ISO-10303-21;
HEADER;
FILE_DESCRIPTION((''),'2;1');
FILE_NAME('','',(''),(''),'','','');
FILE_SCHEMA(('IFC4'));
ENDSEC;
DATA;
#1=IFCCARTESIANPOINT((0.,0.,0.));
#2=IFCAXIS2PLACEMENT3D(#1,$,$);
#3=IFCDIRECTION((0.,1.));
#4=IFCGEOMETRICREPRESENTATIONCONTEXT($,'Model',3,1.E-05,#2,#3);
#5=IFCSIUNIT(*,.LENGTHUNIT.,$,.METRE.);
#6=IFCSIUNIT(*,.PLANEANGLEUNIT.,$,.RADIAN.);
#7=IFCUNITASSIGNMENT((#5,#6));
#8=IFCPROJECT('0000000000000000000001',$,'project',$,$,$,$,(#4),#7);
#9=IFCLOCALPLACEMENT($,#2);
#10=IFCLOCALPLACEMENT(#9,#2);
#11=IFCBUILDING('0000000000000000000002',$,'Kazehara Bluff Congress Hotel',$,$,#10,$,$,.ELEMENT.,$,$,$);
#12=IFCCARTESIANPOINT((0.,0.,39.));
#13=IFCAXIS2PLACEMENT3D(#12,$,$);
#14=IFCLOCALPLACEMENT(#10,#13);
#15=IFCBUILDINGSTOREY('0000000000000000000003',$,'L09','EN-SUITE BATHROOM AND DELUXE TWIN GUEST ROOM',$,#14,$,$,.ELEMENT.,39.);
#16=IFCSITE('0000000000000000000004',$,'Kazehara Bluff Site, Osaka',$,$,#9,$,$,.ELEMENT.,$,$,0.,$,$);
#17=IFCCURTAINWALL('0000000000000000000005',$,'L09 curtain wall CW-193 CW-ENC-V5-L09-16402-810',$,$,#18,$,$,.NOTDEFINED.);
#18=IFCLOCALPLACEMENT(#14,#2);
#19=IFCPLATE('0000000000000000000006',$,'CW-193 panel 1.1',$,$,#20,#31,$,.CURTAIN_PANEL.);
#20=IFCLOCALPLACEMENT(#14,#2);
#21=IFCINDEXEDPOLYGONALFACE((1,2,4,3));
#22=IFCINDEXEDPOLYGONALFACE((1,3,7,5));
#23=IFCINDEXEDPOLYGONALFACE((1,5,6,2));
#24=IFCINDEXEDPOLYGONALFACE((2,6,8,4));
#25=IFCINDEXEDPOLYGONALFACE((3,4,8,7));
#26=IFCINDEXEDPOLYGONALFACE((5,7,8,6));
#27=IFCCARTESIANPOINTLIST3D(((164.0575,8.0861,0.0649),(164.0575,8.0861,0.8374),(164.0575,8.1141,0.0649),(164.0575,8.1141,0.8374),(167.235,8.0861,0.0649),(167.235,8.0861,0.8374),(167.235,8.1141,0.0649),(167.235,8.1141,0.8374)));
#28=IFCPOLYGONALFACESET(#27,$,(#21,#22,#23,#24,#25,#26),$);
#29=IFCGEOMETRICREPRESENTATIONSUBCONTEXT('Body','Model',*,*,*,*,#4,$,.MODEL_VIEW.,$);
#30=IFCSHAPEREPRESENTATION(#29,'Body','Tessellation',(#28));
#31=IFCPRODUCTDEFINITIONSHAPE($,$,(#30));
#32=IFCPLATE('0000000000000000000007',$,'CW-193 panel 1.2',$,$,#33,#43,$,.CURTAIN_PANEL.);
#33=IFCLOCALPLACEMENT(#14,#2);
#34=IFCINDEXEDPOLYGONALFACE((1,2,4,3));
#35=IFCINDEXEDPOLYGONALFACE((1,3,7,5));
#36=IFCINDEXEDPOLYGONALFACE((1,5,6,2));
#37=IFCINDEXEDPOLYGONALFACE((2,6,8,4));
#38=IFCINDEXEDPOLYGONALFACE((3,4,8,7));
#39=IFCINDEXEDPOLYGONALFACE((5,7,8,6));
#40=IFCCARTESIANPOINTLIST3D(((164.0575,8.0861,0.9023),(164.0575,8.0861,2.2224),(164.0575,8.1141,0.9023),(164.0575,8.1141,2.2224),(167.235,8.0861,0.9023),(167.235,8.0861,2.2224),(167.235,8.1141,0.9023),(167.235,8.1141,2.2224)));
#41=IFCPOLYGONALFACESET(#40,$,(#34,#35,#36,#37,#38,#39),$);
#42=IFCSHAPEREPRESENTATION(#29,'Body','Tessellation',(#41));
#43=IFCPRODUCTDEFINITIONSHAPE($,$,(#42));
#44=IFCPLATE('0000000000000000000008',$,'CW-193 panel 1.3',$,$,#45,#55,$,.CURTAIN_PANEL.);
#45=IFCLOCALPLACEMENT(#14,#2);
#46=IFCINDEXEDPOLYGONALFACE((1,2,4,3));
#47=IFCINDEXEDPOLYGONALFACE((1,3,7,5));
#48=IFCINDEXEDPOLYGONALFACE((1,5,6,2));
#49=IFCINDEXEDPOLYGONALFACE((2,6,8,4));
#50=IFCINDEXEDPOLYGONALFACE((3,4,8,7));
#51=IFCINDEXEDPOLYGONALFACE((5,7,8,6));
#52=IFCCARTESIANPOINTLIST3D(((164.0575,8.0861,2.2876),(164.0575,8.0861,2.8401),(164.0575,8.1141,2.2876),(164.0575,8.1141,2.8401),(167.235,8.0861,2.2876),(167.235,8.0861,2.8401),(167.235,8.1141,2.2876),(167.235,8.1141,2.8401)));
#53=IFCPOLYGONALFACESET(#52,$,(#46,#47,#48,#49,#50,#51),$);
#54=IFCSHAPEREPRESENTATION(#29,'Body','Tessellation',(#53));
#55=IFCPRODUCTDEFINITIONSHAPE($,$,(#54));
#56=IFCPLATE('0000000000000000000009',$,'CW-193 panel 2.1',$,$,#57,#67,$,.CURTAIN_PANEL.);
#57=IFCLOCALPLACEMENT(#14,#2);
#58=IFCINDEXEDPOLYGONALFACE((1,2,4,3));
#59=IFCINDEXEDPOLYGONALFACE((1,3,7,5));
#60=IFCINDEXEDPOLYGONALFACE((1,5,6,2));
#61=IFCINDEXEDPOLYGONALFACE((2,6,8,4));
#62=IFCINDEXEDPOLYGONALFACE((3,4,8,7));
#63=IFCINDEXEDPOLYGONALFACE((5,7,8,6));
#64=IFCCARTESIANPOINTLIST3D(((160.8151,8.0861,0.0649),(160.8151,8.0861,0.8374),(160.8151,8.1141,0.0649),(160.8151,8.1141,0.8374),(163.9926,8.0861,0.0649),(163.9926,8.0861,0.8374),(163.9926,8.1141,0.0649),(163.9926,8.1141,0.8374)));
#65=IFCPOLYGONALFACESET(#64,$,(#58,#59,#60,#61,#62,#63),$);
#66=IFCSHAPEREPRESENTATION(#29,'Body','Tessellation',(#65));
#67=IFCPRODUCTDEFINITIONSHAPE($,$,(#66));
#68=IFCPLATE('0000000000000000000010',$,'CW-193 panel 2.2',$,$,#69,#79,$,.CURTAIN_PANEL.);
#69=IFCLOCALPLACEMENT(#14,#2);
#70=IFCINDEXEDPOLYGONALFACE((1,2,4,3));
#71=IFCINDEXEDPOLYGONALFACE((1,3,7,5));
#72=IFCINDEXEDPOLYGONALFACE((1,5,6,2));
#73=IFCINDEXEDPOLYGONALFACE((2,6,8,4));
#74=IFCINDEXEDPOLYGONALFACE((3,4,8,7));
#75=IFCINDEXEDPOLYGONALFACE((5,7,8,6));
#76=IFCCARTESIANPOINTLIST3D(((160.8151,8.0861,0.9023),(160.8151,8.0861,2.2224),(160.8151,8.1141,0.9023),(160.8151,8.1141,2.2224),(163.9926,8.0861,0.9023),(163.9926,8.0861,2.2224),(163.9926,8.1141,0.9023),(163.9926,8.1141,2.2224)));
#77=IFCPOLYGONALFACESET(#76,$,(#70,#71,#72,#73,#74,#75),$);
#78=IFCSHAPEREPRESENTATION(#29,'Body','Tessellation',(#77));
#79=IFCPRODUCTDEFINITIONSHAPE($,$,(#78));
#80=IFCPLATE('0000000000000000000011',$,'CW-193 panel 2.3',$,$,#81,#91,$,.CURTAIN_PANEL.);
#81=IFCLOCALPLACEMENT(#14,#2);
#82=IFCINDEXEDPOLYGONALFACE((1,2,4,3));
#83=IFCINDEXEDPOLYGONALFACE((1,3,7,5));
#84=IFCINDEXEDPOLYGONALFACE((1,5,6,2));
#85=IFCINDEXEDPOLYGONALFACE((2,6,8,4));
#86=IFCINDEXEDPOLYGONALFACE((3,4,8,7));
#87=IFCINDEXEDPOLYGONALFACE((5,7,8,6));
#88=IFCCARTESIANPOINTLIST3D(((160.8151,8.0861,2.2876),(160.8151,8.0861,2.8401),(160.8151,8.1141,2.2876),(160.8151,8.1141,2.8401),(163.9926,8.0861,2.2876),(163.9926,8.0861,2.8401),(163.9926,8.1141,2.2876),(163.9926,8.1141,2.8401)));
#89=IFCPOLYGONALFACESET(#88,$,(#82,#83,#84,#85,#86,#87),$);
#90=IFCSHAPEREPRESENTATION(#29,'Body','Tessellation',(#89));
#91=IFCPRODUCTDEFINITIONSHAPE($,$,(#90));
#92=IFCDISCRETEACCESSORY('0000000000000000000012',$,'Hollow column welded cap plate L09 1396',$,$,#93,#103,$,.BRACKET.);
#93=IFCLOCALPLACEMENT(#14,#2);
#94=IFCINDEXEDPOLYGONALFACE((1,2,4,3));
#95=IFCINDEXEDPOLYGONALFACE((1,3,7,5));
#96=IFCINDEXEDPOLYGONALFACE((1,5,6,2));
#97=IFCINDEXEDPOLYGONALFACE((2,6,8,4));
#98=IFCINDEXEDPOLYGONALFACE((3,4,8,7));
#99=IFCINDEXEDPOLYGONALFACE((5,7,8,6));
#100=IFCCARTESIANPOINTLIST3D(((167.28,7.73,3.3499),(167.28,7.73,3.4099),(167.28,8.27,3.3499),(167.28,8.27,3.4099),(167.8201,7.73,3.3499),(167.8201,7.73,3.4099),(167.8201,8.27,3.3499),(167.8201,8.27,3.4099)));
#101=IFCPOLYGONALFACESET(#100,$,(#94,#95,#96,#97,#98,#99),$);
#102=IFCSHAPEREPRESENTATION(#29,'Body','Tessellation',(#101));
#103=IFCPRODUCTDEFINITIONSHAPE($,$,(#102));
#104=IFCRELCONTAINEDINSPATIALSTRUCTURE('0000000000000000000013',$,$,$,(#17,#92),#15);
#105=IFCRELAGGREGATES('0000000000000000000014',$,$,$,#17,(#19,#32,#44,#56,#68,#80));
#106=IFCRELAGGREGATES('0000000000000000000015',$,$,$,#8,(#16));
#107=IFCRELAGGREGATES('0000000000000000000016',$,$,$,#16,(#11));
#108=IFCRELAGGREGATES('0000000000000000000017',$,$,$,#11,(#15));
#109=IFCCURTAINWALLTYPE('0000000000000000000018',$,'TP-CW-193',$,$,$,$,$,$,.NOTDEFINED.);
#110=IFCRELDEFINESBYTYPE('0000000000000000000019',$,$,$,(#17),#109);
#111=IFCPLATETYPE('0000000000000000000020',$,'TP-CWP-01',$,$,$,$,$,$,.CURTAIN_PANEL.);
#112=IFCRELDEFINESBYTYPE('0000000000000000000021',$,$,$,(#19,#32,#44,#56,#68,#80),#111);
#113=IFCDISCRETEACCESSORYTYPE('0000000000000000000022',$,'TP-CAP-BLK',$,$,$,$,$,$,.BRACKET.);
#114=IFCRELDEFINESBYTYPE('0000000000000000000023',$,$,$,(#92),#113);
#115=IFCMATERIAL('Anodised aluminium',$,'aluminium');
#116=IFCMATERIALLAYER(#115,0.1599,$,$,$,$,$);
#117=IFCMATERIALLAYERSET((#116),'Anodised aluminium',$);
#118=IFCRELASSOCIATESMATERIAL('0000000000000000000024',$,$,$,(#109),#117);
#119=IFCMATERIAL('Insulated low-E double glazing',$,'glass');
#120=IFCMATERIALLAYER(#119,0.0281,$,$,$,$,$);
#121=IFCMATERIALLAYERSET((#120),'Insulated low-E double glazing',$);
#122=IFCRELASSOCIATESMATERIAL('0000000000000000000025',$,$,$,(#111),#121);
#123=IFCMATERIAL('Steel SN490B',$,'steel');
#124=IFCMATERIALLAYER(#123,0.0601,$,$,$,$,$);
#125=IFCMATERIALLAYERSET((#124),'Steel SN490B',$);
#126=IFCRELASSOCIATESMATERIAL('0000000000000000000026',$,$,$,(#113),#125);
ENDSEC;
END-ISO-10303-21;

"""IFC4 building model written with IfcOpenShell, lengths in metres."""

from ifc_helpers import new_model, si_unit, direction, frame, origin, origin_2d, place, context, subcontext, project, spatial, rectangle, extrude, material, layer, layer_set, type_object, element, aggregate, save


model = new_model("IFC4")

# Units and contexts
model_context = context("Model", 3, precision=1e-05, world=origin(), true_north=direction((0.0, 1.0)))
body_context = subcontext(model_context, "Body", "Model", "MODEL_VIEW")
ifc_project = project(units=[si_unit("LENGTHUNIT", "METRE"), si_unit("PLANEANGLEUNIT", "RADIAN")], contexts=[model_context])

# Site, building, storey
site_placement = place(None, origin())
site = spatial("IfcSite", under=ifc_project, at=site_placement, Name="Kazehara Bluff Site, Osaka", CompositionType="ELEMENT", RefElevation=0.0)
building_placement = place(site_placement, origin())
building = spatial("IfcBuilding", under=site, at=building_placement, Name="Kazehara Bluff Congress Hotel", CompositionType="ELEMENT")
storey_placement = place(building_placement, frame((0.0, 0.0, 39.0)))
storey = spatial("IfcBuildingStorey", under=building, at=storey_placement, Name="L09", Description="EN-SUITE BATHROOM AND DELUXE TWIN GUEST ROOM", CompositionType="ELEMENT", Elevation=39.0)

# Curtain wall
ifc_material_1 = material(Name="Anodised aluminium", Category="aluminium")
ifc_layer_1 = layer(ifc_material_1, 0.1599)
ifc_layer_set_1 = layer_set([ifc_layer_1], Name="Anodised aluminium")
curtain_wall_type = type_object("IfcCurtainWallType", Name="TP-CW-193", PredefinedType="NOTDEFINED", material=ifc_layer_set_1)
curtain_wall_placement = place(storey_placement, origin())
curtain_wall = element("IfcCurtainWall", 1, at=curtain_wall_placement, inside=storey, type_object=curtain_wall_type, Name="L09 curtain wall CW-193 CW-ENC-V5-L09-16402-810", PredefinedType="NOTDEFINED")

# Plates
ifc_material_2 = material(Name="Insulated low-E double glazing", Category="glass")
ifc_layer_2 = layer(ifc_material_2, 0.0281)
ifc_layer_set_2 = layer_set([ifc_layer_2], Name="Insulated low-E double glazing")
plate_type = type_object("IfcPlateType", Name="TP-CWP-01", PredefinedType="CURTAIN_PANEL", material=ifc_layer_set_2)
plate_1_placement = place(storey_placement, frame((165.6462, 8.1001, 0.0649), z_axis=(0.0, 0.0, 1.0), x_axis=(-1.0, 0.0, 0.0)))
plate_1 = element("IfcPlate", 2, at=plate_1_placement, type_object=plate_type, Name="CW-193 panel 1.1", PredefinedType="CURTAIN_PANEL", context=body_context, shape_type="SweptSolid", body=[
    extrude(rectangle(XDim=3.1775, YDim=0.0281, at=origin_2d()), origin(), (0.0, 0.0, 1.0), 0.7725),
])
plate_2_placement = place(storey_placement, frame((165.6462, 8.1001, 0.9023), z_axis=(0.0, 0.0, 1.0), x_axis=(-1.0, 0.0, 0.0)))
plate_2 = element("IfcPlate", 3, at=plate_2_placement, type_object=plate_type, Name="CW-193 panel 1.2", PredefinedType="CURTAIN_PANEL", context=body_context, shape_type="SweptSolid", body=[
    extrude(rectangle(XDim=3.1775, YDim=0.0281, at=origin_2d()), origin(), (0.0, 0.0, 1.0), 1.3201),
])
plate_3_placement = place(storey_placement, frame((165.6462, 8.1001, 2.2876), z_axis=(0.0, 0.0, 1.0), x_axis=(-1.0, 0.0, 0.0)))
plate_3 = element("IfcPlate", 4, at=plate_3_placement, type_object=plate_type, Name="CW-193 panel 1.3", PredefinedType="CURTAIN_PANEL", context=body_context, shape_type="SweptSolid", body=[
    extrude(rectangle(XDim=3.1775, YDim=0.0281, at=origin_2d()), origin(), (0.0, 0.0, 1.0), 0.5525),
])
plate_4_placement = place(storey_placement, frame((162.4038, 8.1001, 0.0649), z_axis=(0.0, 0.0, 1.0), x_axis=(-1.0, 0.0, 0.0)))
plate_4 = element("IfcPlate", 5, at=plate_4_placement, type_object=plate_type, Name="CW-193 panel 2.1", PredefinedType="CURTAIN_PANEL", context=body_context, shape_type="SweptSolid", body=[
    extrude(rectangle(XDim=3.1775, YDim=0.0281, at=origin_2d()), origin(), (0.0, 0.0, 1.0), 0.7725),
])
plate_5_placement = place(storey_placement, frame((162.4038, 8.1001, 0.9023), z_axis=(0.0, 0.0, 1.0), x_axis=(-1.0, 0.0, 0.0)))
plate_5 = element("IfcPlate", 6, at=plate_5_placement, type_object=plate_type, Name="CW-193 panel 2.2", PredefinedType="CURTAIN_PANEL", context=body_context, shape_type="SweptSolid", body=[
    extrude(rectangle(XDim=3.1775, YDim=0.0281, at=origin_2d()), origin(), (0.0, 0.0, 1.0), 1.3201),
])
plate_6_placement = place(storey_placement, frame((162.4038, 8.1001, 2.2876), z_axis=(0.0, 0.0, 1.0), x_axis=(-1.0, 0.0, 0.0)))
plate_6 = element("IfcPlate", 7, at=plate_6_placement, type_object=plate_type, Name="CW-193 panel 2.3", PredefinedType="CURTAIN_PANEL", context=body_context, shape_type="SweptSolid", body=[
    extrude(rectangle(XDim=3.1775, YDim=0.0281, at=origin_2d()), origin(), (0.0, 0.0, 1.0), 0.5525),
])
aggregate(curtain_wall, [plate_1, plate_2, plate_3, plate_4, plate_5, plate_6])

# Discrete accessory
ifc_material_3 = material(Name="Steel SN490B", Category="steel")
ifc_layer_3 = layer(ifc_material_3, 0.0601)
ifc_layer_set_3 = layer_set([ifc_layer_3], Name="Steel SN490B")
discrete_accessory_type = type_object("IfcDiscreteAccessoryType", Name="TP-CAP-BLK", PredefinedType="BRACKET", material=ifc_layer_set_3)
discrete_accessory_placement = place(storey_placement, frame((167.55, 8.0, 3.3499), z_axis=(0.0, 0.0, 1.0), x_axis=(1.0, 0.0, 0.0)))
element("IfcDiscreteAccessory", 8, at=discrete_accessory_placement, inside=storey, type_object=discrete_accessory_type, Name="Hollow column welded cap plate L09 1396", PredefinedType="BRACKET", context=body_context, shape_type="SweptSolid", body=[
    extrude(rectangle(XDim=0.54, YDim=0.54, at=origin_2d()), origin(), (0.0, 0.0, 1.0), 0.0601),
])

save(model, "model.ifc")
